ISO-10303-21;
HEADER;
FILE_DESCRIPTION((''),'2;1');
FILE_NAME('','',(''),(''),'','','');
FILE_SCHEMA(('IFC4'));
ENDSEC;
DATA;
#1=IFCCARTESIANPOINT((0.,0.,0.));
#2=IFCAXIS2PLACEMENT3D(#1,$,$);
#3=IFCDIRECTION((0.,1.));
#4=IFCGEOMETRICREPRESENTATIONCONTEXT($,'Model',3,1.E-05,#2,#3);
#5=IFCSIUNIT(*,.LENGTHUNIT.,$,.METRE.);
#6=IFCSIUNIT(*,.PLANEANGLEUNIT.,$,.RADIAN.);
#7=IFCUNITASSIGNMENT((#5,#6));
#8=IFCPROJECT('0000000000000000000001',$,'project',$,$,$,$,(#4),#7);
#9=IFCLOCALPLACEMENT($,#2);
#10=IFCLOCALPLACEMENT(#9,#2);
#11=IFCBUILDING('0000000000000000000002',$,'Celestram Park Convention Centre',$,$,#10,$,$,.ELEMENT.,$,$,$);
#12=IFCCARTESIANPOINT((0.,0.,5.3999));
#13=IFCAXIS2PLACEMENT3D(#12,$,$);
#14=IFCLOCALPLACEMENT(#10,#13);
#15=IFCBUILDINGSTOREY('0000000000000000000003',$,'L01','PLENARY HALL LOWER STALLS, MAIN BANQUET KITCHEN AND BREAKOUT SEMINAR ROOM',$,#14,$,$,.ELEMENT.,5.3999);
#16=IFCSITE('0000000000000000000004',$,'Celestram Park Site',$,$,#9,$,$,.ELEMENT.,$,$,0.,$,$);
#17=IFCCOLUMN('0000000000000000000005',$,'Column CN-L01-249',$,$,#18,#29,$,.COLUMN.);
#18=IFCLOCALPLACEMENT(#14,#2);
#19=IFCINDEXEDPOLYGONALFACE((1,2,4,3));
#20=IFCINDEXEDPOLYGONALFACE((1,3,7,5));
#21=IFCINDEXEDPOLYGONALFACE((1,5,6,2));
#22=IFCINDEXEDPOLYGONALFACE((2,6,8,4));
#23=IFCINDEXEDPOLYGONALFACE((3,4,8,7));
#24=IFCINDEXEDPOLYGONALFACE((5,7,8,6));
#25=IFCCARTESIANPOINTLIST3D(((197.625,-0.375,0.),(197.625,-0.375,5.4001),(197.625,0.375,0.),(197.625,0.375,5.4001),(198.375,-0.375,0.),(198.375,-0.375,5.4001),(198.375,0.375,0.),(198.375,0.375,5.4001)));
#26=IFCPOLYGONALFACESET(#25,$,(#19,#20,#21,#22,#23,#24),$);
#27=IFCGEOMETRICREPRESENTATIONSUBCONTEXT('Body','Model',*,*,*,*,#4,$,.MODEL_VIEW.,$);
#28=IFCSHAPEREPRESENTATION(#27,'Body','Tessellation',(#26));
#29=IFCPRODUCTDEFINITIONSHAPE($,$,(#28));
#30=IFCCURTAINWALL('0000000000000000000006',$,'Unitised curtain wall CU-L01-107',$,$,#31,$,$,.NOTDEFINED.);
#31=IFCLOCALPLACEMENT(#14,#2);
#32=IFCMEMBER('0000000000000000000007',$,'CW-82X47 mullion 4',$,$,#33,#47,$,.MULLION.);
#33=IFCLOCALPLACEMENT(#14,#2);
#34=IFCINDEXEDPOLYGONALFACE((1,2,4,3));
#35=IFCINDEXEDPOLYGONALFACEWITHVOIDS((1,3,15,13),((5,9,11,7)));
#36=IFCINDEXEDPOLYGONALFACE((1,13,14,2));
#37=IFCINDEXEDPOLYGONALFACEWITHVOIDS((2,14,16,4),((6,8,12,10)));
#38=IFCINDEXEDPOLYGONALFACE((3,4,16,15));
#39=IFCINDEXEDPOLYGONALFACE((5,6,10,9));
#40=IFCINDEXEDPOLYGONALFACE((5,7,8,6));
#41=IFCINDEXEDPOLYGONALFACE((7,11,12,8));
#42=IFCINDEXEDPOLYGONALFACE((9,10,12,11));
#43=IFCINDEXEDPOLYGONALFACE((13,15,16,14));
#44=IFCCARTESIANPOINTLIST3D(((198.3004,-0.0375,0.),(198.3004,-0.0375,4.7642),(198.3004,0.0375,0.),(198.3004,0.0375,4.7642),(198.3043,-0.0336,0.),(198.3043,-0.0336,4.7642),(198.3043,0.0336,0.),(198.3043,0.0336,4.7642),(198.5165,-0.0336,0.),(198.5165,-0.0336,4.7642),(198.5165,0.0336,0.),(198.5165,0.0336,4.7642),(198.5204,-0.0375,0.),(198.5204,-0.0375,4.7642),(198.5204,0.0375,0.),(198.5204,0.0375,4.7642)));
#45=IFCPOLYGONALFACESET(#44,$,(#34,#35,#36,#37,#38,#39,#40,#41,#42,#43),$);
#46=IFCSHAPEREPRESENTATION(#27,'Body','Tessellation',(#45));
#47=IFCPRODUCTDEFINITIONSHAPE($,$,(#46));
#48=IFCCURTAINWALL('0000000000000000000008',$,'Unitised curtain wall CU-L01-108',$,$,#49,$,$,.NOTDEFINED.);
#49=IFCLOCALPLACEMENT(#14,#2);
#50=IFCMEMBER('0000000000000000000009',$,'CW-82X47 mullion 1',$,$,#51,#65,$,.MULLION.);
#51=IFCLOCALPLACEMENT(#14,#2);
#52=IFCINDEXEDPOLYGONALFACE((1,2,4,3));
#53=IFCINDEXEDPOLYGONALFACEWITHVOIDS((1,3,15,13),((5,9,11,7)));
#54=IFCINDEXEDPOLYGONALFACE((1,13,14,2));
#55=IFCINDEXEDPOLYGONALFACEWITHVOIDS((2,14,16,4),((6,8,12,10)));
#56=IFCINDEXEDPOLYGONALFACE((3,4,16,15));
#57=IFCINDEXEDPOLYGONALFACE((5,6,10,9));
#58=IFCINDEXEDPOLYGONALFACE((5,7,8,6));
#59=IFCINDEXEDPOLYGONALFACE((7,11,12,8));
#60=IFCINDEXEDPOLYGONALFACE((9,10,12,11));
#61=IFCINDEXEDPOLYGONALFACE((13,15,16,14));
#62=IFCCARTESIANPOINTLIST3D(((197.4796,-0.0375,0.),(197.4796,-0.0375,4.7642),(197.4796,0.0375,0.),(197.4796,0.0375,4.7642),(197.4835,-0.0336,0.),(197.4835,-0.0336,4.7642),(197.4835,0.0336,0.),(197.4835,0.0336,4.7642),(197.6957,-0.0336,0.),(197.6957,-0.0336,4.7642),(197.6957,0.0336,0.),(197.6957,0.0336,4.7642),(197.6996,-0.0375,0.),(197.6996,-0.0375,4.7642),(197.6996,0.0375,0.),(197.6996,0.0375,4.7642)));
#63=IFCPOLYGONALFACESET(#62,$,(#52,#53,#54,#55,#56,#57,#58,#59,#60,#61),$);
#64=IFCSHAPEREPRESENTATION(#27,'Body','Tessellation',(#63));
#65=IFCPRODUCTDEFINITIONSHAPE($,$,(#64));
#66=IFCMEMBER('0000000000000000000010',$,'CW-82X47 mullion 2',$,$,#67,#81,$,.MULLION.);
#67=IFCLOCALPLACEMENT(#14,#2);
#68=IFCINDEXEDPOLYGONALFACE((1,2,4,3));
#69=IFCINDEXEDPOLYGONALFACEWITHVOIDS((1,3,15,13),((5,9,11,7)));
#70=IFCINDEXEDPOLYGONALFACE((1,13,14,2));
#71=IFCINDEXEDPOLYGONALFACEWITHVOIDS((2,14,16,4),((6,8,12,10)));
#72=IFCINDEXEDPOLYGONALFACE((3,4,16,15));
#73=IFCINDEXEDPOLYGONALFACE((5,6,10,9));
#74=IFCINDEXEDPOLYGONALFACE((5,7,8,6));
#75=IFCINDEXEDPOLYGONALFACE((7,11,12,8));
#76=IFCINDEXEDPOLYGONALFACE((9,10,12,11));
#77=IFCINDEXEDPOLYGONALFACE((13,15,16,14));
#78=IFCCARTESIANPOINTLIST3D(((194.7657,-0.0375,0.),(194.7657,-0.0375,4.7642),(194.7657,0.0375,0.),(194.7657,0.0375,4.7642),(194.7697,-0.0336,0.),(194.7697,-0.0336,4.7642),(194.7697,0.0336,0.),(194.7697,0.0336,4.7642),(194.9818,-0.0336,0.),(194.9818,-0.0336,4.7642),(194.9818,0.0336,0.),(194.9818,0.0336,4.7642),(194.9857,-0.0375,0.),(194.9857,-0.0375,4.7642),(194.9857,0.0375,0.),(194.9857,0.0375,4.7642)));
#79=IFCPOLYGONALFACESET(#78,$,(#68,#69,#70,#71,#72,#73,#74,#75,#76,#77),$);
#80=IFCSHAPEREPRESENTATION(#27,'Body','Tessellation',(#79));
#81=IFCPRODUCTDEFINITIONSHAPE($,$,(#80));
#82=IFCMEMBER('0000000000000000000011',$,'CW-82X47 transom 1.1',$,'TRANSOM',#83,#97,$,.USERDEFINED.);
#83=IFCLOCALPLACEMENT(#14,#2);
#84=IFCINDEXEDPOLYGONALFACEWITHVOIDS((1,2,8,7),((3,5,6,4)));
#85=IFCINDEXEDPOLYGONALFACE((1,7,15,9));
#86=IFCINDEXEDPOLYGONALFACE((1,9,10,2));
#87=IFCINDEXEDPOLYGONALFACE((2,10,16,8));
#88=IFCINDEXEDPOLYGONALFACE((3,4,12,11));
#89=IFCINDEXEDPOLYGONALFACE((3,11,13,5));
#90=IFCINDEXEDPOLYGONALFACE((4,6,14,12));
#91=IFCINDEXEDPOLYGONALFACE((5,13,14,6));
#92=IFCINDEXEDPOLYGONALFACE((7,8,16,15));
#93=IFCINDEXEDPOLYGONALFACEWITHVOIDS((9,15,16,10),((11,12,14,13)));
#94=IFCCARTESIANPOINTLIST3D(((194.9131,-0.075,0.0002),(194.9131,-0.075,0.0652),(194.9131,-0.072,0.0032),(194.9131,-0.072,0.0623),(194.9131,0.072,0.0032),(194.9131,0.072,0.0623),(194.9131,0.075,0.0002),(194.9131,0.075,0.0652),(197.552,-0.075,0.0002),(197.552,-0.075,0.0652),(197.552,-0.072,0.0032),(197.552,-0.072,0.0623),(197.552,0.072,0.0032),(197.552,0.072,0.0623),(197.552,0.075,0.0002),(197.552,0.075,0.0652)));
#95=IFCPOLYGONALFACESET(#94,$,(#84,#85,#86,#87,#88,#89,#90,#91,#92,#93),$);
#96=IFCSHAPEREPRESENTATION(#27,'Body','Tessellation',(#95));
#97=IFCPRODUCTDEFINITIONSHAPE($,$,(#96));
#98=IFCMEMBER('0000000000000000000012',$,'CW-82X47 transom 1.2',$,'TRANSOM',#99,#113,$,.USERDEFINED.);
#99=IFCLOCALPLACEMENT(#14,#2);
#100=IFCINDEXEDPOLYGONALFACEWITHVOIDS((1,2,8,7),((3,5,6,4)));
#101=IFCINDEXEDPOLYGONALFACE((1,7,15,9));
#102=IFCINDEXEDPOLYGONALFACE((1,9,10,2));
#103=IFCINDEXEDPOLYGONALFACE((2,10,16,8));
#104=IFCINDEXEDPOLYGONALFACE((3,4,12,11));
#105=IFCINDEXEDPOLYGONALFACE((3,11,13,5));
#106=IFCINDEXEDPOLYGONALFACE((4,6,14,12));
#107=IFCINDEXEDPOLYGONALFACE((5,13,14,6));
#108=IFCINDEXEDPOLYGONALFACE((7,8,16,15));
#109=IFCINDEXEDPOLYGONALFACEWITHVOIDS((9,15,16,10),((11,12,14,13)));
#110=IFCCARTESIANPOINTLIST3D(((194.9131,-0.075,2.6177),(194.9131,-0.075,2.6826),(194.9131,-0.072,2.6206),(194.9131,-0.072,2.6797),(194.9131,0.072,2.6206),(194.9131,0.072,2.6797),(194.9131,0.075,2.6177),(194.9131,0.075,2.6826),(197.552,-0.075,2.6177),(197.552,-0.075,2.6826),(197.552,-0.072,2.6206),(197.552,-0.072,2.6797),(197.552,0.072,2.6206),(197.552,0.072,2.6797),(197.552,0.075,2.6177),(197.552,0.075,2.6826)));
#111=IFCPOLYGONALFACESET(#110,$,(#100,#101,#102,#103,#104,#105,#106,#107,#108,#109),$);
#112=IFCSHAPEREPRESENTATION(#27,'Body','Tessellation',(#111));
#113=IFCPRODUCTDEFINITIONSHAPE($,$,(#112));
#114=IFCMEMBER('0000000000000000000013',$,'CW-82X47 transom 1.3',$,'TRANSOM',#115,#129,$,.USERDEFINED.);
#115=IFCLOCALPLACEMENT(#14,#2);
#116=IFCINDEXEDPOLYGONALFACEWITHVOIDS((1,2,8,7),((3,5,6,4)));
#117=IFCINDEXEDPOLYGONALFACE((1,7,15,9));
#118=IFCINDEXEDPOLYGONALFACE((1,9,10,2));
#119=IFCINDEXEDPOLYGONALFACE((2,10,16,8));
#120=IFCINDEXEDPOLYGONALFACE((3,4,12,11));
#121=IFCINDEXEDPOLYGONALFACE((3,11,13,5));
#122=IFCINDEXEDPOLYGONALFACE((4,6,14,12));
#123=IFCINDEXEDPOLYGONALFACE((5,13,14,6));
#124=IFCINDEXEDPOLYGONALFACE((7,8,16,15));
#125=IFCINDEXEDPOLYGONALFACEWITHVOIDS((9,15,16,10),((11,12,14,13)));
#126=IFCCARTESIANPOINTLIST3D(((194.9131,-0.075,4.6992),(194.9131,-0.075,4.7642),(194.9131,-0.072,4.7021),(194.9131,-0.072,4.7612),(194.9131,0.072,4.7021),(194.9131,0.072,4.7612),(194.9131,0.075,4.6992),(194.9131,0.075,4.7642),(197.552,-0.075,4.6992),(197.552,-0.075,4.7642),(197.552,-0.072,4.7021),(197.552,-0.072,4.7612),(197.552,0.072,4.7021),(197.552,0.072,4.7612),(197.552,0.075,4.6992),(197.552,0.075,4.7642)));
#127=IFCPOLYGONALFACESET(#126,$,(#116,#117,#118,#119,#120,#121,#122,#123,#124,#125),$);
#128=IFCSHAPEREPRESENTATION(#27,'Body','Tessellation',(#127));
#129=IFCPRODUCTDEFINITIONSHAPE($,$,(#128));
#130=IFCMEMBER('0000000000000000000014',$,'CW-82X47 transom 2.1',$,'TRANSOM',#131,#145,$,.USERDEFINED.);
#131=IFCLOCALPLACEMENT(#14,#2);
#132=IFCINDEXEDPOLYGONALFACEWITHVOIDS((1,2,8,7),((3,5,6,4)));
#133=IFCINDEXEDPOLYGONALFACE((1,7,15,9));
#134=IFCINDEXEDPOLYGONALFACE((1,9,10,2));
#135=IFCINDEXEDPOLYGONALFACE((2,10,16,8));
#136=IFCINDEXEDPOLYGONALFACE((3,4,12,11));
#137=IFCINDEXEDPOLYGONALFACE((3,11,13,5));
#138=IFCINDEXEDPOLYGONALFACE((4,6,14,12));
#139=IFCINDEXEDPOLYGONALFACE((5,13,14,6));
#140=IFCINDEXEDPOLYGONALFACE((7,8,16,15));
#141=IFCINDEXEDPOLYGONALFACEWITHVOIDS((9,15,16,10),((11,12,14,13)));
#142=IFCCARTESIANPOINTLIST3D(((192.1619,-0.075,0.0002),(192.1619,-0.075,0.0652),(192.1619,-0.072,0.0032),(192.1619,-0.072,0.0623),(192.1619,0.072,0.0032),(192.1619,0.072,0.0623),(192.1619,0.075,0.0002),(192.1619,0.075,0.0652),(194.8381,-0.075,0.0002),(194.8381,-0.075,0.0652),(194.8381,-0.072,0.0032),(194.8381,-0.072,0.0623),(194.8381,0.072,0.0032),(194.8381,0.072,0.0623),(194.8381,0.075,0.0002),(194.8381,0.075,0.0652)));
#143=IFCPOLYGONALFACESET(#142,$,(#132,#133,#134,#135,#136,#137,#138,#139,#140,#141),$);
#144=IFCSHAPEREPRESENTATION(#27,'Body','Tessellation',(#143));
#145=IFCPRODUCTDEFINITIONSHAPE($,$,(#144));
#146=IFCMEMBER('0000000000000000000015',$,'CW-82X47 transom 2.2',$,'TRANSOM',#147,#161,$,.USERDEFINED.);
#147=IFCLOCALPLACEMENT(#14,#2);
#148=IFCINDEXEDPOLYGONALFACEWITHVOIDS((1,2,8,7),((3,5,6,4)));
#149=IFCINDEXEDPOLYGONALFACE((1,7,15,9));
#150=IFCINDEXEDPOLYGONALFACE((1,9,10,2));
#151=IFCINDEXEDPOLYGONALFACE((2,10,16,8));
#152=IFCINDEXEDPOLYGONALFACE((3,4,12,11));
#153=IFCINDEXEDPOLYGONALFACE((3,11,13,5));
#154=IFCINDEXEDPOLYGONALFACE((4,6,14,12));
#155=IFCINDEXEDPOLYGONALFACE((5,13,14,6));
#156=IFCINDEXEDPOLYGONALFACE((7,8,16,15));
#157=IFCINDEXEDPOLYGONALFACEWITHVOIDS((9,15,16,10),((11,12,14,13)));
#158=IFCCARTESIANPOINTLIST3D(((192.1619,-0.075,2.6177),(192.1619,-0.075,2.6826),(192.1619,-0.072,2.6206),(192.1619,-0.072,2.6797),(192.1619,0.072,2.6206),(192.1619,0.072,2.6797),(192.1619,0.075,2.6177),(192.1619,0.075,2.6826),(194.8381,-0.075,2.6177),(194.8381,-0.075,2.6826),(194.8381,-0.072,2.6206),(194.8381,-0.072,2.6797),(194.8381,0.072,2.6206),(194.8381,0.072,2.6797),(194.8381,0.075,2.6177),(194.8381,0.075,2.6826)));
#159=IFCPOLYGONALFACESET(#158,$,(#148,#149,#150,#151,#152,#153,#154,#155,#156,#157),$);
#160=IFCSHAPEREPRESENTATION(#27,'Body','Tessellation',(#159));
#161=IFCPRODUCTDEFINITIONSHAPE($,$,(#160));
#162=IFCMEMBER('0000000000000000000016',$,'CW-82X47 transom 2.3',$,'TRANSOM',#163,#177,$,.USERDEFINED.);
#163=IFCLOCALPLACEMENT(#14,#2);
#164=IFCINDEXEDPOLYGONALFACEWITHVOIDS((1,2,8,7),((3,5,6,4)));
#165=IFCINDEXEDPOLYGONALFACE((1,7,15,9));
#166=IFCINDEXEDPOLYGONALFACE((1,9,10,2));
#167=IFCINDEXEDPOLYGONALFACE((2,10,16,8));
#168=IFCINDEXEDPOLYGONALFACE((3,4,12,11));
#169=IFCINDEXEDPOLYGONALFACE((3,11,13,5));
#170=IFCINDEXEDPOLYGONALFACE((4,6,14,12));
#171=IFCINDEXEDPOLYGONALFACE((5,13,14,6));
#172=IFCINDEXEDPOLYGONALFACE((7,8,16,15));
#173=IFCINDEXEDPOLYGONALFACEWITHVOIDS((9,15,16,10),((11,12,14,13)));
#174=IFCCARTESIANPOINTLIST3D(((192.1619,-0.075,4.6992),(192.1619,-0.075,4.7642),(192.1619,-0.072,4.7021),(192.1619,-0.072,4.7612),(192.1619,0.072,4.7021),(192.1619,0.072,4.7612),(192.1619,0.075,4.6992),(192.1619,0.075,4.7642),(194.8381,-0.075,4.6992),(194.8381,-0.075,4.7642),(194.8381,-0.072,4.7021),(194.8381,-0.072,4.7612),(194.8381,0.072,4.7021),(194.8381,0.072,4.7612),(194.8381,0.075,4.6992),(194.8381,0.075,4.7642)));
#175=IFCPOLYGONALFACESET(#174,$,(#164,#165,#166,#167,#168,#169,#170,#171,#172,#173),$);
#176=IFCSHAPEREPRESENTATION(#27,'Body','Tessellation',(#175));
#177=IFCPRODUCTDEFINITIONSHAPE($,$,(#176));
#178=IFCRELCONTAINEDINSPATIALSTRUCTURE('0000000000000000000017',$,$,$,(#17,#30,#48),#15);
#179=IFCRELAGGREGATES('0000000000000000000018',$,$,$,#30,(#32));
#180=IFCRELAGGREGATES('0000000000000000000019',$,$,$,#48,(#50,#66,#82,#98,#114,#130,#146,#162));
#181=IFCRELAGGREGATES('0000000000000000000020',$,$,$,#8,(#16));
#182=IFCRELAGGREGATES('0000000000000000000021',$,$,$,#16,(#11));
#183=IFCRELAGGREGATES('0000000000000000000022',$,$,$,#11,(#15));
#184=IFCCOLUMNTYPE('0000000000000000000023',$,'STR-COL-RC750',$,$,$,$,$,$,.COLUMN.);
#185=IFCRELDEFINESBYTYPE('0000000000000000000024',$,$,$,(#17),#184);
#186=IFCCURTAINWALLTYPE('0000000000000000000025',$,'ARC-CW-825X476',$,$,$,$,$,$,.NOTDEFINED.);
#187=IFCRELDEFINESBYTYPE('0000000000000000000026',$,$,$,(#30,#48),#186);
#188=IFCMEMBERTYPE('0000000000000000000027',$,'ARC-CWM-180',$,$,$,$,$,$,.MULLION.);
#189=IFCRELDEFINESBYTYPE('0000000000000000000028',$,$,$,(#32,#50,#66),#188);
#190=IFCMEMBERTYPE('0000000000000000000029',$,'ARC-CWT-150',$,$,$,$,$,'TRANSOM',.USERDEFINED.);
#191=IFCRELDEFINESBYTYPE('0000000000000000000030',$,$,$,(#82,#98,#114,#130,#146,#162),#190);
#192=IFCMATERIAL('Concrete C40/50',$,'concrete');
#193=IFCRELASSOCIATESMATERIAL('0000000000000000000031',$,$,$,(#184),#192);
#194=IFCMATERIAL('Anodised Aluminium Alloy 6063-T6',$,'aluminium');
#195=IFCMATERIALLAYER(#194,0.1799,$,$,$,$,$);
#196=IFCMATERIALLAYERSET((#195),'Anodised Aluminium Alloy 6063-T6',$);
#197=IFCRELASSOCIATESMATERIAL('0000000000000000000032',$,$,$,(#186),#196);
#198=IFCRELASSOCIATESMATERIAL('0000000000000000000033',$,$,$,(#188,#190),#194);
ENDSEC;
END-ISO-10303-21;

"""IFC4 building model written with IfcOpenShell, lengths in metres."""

from ifc_helpers import new_model, si_unit, direction, frame, origin, origin_2d, place, context, subcontext, project, spatial, rectangle, hollow_rectangle, extrude, material, layer, layer_set, material_profile, profile_set, type_object, element, aggregate, save


model = new_model("IFC4")

# Units and contexts
model_context = context("Model", 3, precision=1e-05, world=origin(), true_north=direction((0.0, 1.0)))
body_context = subcontext(model_context, "Body", "Model", "MODEL_VIEW")
ifc_project = project(units=[si_unit("LENGTHUNIT", "METRE"), si_unit("PLANEANGLEUNIT", "RADIAN")], contexts=[model_context])

# Site, building, storey
site_placement = place(None, origin())
site = spatial("IfcSite", under=ifc_project, at=site_placement, Name="Celestram Park Site", CompositionType="ELEMENT", RefElevation=0.0)
building_placement = place(site_placement, origin())
building = spatial("IfcBuilding", under=site, at=building_placement, Name="Celestram Park Convention Centre", CompositionType="ELEMENT")
storey_placement = place(building_placement, frame((0.0, 0.0, 5.3999)))
storey = spatial("IfcBuildingStorey", under=building, at=storey_placement, Name="L01", Description="PLENARY HALL LOWER STALLS, MAIN BANQUET KITCHEN AND BREAKOUT SEMINAR ROOM", CompositionType="ELEMENT", Elevation=5.3999)

# Column
ifc_material_1 = material(Name="Concrete C40/50", Category="concrete")
ifc_material_profile_1 = material_profile(ifc_material_1, rectangle(XDim=0.75, YDim=0.75, at=origin_2d()), Name="RC750X750")
ifc_profile_set_1 = profile_set([ifc_material_profile_1], Name="Concrete C40/50")
column_type = type_object("IfcColumnType", Name="STR-COL-RC750", PredefinedType="COLUMN", material=ifc_profile_set_1)
column_placement = place(storey_placement, frame((198.0, 0.0, 0.0), z_axis=(0.0, 0.0, 1.0), x_axis=(1.0, 0.0, 0.0)))
element("IfcColumn", 1, at=column_placement, inside=storey, type_object=column_type, Name="Column CN-L01-249", PredefinedType="COLUMN", context=body_context, shape_type="SweptSolid", body=[
    extrude(rectangle(XDim=0.75, YDim=0.75, at=origin_2d()), origin(), (0.0, 0.0, 1.0), 5.4001),
])

# Curtain wall, member
ifc_material_2 = material(Name="Anodised Aluminium Alloy 6063-T6", Category="aluminium")
ifc_layer_1 = layer(ifc_material_2, 0.1799)
ifc_layer_set_1 = layer_set([ifc_layer_1], Name="Anodised Aluminium Alloy 6063-T6")
curtain_wall_type = type_object("IfcCurtainWallType", Name="ARC-CW-825X476", PredefinedType="NOTDEFINED", material=ifc_layer_set_1)
curtain_wall_1_placement = place(storey_placement, origin())
curtain_wall_1 = element("IfcCurtainWall", 2, at=curtain_wall_1_placement, inside=storey, type_object=curtain_wall_type, Name="Unitised curtain wall CU-L01-107", PredefinedType="NOTDEFINED")
ifc_material_profile_2 = material_profile(ifc_material_2, hollow_rectangle(XDim=0.075, YDim=0.22, WallThickness=0.0039, at=origin_2d()), Name="ALU75X220X4")
ifc_profile_set_2 = profile_set([ifc_material_profile_2], Name="Anodised Aluminium Alloy 6063-T6")
member_type_1 = type_object("IfcMemberType", Name="ARC-CWM-180", PredefinedType="MULLION", material=ifc_profile_set_2)
member_1_placement = place(storey_placement, frame((198.4104, 0.0, 0.0), z_axis=(0.0, 0.0, 1.0), x_axis=(0.0, -1.0, 0.0)))
member_1 = element("IfcMember", 3, at=member_1_placement, type_object=member_type_1, Name="CW-82X47 mullion 4", PredefinedType="MULLION", context=body_context, shape_type="SweptSolid", body=[
    extrude(hollow_rectangle(XDim=0.075, YDim=0.22, WallThickness=0.0039, at=origin_2d()), origin(), (0.0, 0.0, 1.0), 4.7642),
])
aggregate(curtain_wall_1, [member_1])

# Curtain wall, members
curtain_wall_2_placement = place(storey_placement, origin())
curtain_wall_2 = element("IfcCurtainWall", 4, at=curtain_wall_2_placement, inside=storey, type_object=curtain_wall_type, Name="Unitised curtain wall CU-L01-108", PredefinedType="NOTDEFINED")
member_2_placement = place(storey_placement, frame((197.5896, 0.0, 0.0), z_axis=(0.0, 0.0, 1.0), x_axis=(0.0, -1.0, 0.0)))
member_2 = element("IfcMember", 5, at=member_2_placement, type_object=member_type_1, Name="CW-82X47 mullion 1", PredefinedType="MULLION", context=body_context, shape_type="SweptSolid", body=[
    extrude(hollow_rectangle(XDim=0.075, YDim=0.22, WallThickness=0.0039, at=origin_2d()), origin(), (0.0, 0.0, 1.0), 4.7642),
])
member_3_placement = place(storey_placement, frame((194.8757, 0.0, 0.0), z_axis=(0.0, 0.0, 1.0), x_axis=(0.0, -1.0, 0.0)))
member_3 = element("IfcMember", 6, at=member_3_placement, type_object=member_type_1, Name="CW-82X47 mullion 2", PredefinedType="MULLION", context=body_context, shape_type="SweptSolid", body=[
    extrude(hollow_rectangle(XDim=0.075, YDim=0.22, WallThickness=0.0039, at=origin_2d()), origin(), (0.0, 0.0, 1.0), 4.7642),
])
ifc_material_profile_3 = material_profile(ifc_material_2, hollow_rectangle(XDim=0.1499, YDim=0.0649, WallThickness=0.0029, at=origin_2d()), Name="ALU150X65X3")
ifc_profile_set_3 = profile_set([ifc_material_profile_3], Name="Anodised Aluminium Alloy 6063-T6")
member_type_2 = type_object("IfcMemberType", Name="ARC-CWT-150", ElementType="TRANSOM", PredefinedType="USERDEFINED", material=ifc_profile_set_3)
member_4_placement = place(storey_placement, frame((197.552, 0.0, 0.0327), z_axis=(-1.0, 0.0, 0.0), x_axis=(0.0, -1.0, 0.0)))
member_4 = element("IfcMember", 7, at=member_4_placement, type_object=member_type_2, Name="CW-82X47 transom 1.1", ObjectType="TRANSOM", PredefinedType="USERDEFINED", context=body_context, shape_type="SweptSolid", body=[
    extrude(hollow_rectangle(XDim=0.1499, YDim=0.0649, WallThickness=0.0029, at=origin_2d()), origin(), (0.0, 0.0, 1.0), 2.6389),
])
member_5_placement = place(storey_placement, frame((197.552, 0.0, 2.6501), z_axis=(-1.0, 0.0, 0.0), x_axis=(0.0, -1.0, 0.0)))
member_5 = element("IfcMember", 8, at=member_5_placement, type_object=member_type_2, Name="CW-82X47 transom 1.2", ObjectType="TRANSOM", PredefinedType="USERDEFINED", context=body_context, shape_type="SweptSolid", body=[
    extrude(hollow_rectangle(XDim=0.1499, YDim=0.0649, WallThickness=0.0029, at=origin_2d()), origin(), (0.0, 0.0, 1.0), 2.6389),
])
member_6_placement = place(storey_placement, frame((197.552, 0.0, 4.7317), z_axis=(-1.0, 0.0, 0.0), x_axis=(0.0, -1.0, 0.0)))
member_6 = element("IfcMember", 9, at=member_6_placement, type_object=member_type_2, Name="CW-82X47 transom 1.3", ObjectType="TRANSOM", PredefinedType="USERDEFINED", context=body_context, shape_type="SweptSolid", body=[
    extrude(hollow_rectangle(XDim=0.1499, YDim=0.0649, WallThickness=0.0029, at=origin_2d()), origin(), (0.0, 0.0, 1.0), 2.6389),
])
member_7_placement = place(storey_placement, frame((194.8381, 0.0, 0.0327), z_axis=(-1.0, 0.0, 0.0), x_axis=(0.0, -1.0, 0.0)))
member_7 = element("IfcMember", 10, at=member_7_placement, type_object=member_type_2, Name="CW-82X47 transom 2.1", ObjectType="TRANSOM", PredefinedType="USERDEFINED", context=body_context, shape_type="SweptSolid", body=[
    extrude(hollow_rectangle(XDim=0.1499, YDim=0.0649, WallThickness=0.0029, at=origin_2d()), origin(), (0.0, 0.0, 1.0), 2.6763),
])
member_8_placement = place(storey_placement, frame((194.8381, 0.0, 2.6501), z_axis=(-1.0, 0.0, 0.0), x_axis=(0.0, -1.0, 0.0)))
member_8 = element("IfcMember", 11, at=member_8_placement, type_object=member_type_2, Name="CW-82X47 transom 2.2", ObjectType="TRANSOM", PredefinedType="USERDEFINED", context=body_context, shape_type="SweptSolid", body=[
    extrude(hollow_rectangle(XDim=0.1499, YDim=0.0649, WallThickness=0.0029, at=origin_2d()), origin(), (0.0, 0.0, 1.0), 2.6763),
])
member_9_placement = place(storey_placement, frame((194.8381, 0.0, 4.7317), z_axis=(-1.0, 0.0, 0.0), x_axis=(0.0, -1.0, 0.0)))
member_9 = element("IfcMember", 12, at=member_9_placement, type_object=member_type_2, Name="CW-82X47 transom 2.3", ObjectType="TRANSOM", PredefinedType="USERDEFINED", context=body_context, shape_type="SweptSolid", body=[
    extrude(hollow_rectangle(XDim=0.1499, YDim=0.0649, WallThickness=0.0029, at=origin_2d()), origin(), (0.0, 0.0, 1.0), 2.6763),
])

aggregate(curtain_wall_2, [member_2, member_3, member_4, member_5, member_6, member_7, member_8, member_9])

save(model, "model.ifc")
